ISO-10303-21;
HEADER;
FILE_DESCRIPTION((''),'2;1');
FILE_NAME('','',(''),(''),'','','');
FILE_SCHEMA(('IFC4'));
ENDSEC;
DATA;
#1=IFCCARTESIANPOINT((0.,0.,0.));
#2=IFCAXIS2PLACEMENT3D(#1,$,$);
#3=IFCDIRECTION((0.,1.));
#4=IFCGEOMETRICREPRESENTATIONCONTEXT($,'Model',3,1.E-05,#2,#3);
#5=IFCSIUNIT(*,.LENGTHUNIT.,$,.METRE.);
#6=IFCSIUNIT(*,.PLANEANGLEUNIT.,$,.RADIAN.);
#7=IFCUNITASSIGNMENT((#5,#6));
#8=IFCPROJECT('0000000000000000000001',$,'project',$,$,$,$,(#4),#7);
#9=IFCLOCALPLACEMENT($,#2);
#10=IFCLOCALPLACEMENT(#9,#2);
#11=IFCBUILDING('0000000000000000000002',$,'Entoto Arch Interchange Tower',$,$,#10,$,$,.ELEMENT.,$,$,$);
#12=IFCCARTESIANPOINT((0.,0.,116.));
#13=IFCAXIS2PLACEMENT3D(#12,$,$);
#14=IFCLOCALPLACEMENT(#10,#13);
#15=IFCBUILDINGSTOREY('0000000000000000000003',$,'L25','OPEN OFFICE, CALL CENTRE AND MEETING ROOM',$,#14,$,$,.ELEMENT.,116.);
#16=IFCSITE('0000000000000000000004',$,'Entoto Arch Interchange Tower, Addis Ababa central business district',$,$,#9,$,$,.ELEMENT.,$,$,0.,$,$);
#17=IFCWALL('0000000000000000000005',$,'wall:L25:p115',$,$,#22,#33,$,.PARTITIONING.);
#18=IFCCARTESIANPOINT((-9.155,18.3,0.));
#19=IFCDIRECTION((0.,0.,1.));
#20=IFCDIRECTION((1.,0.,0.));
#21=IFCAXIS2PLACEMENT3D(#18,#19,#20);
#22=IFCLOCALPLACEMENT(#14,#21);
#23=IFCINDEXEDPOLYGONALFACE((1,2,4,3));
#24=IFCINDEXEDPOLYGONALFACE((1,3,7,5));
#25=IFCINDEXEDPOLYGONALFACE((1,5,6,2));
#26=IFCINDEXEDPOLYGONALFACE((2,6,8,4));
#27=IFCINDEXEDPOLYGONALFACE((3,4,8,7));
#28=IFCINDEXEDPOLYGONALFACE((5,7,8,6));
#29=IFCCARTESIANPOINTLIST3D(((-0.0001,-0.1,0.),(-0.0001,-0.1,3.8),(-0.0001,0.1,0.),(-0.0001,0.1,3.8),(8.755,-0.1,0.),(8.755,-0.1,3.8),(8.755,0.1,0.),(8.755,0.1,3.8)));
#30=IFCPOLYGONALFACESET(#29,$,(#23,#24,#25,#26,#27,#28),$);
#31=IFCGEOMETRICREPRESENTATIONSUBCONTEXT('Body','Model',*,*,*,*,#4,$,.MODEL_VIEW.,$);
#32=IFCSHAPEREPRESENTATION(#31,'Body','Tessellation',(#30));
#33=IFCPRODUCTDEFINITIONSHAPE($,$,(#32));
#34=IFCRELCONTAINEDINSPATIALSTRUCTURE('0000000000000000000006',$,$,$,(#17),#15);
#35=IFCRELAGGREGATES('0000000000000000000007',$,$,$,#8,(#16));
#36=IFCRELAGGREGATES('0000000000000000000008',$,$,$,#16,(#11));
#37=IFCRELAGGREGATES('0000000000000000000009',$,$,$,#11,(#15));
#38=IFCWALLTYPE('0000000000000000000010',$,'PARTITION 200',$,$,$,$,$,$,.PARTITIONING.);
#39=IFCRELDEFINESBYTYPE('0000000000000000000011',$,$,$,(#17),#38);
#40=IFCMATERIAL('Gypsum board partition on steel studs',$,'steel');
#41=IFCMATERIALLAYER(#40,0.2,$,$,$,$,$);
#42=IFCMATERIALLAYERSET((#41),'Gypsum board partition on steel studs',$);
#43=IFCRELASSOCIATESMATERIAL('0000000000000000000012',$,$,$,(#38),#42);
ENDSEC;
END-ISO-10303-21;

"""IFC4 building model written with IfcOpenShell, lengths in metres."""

from ifc_helpers import new_model, si_unit, direction, frame, frame_2d, origin, place, context, subcontext, project, spatial, rectangle, extrude, material, layer, layer_set, type_object, element, save


model = new_model("IFC4")

# Units and contexts
model_context = context("Model", 3, precision=1e-05, world=origin(), true_north=direction((0.0, 1.0)))
body_context = subcontext(model_context, "Body", "Model", "MODEL_VIEW")
ifc_project = project(units=[si_unit("LENGTHUNIT", "METRE"), si_unit("PLANEANGLEUNIT", "RADIAN")], contexts=[model_context])

# Site, building, storey
site_placement = place(None, origin())
site = spatial("IfcSite", under=ifc_project, at=site_placement, Name="Entoto Arch Interchange Tower, Addis Ababa central business district", CompositionType="ELEMENT", RefElevation=0.0)
building_placement = place(site_placement, origin())
building = spatial("IfcBuilding", under=site, at=building_placement, Name="Entoto Arch Interchange Tower", CompositionType="ELEMENT")
storey_placement = place(building_placement, frame((0.0, 0.0, 116.0)))
storey = spatial("IfcBuildingStorey", under=building, at=storey_placement, Name="L25", Description="OPEN OFFICE, CALL CENTRE AND MEETING ROOM", CompositionType="ELEMENT", Elevation=116.0)

# Shared definitions
ifc_material_1 = material(Name="Gypsum board partition on steel studs", Category="steel")
ifc_layer_1 = layer(ifc_material_1, 0.2)
ifc_layer_set_1 = layer_set([ifc_layer_1], Name="Gypsum board partition on steel studs")
wall_type_1 = type_object("IfcWallType", Name="PARTITION 200", PredefinedType="PARTITIONING", material=ifc_layer_set_1)

# Wall
wall_1_placement = place(storey_placement, frame((-9.155, 18.3, 0.0), z_axis=(0.0, 0.0, 1.0), x_axis=(1.0, 0.0, 0.0)))
element("IfcWall", 1, at=wall_1_placement, inside=storey, type_object=wall_type_1, Name="wall:L25:p115", PredefinedType="PARTITIONING", context=body_context, shape_type="SweptSolid", body=[
    extrude(rectangle(XDim=8.7551, YDim=0.2, at=frame_2d((4.3774, 0.0))), origin(), (0.0, 0.0, 1.0), 3.8),
])

save(model, "model.ifc")
